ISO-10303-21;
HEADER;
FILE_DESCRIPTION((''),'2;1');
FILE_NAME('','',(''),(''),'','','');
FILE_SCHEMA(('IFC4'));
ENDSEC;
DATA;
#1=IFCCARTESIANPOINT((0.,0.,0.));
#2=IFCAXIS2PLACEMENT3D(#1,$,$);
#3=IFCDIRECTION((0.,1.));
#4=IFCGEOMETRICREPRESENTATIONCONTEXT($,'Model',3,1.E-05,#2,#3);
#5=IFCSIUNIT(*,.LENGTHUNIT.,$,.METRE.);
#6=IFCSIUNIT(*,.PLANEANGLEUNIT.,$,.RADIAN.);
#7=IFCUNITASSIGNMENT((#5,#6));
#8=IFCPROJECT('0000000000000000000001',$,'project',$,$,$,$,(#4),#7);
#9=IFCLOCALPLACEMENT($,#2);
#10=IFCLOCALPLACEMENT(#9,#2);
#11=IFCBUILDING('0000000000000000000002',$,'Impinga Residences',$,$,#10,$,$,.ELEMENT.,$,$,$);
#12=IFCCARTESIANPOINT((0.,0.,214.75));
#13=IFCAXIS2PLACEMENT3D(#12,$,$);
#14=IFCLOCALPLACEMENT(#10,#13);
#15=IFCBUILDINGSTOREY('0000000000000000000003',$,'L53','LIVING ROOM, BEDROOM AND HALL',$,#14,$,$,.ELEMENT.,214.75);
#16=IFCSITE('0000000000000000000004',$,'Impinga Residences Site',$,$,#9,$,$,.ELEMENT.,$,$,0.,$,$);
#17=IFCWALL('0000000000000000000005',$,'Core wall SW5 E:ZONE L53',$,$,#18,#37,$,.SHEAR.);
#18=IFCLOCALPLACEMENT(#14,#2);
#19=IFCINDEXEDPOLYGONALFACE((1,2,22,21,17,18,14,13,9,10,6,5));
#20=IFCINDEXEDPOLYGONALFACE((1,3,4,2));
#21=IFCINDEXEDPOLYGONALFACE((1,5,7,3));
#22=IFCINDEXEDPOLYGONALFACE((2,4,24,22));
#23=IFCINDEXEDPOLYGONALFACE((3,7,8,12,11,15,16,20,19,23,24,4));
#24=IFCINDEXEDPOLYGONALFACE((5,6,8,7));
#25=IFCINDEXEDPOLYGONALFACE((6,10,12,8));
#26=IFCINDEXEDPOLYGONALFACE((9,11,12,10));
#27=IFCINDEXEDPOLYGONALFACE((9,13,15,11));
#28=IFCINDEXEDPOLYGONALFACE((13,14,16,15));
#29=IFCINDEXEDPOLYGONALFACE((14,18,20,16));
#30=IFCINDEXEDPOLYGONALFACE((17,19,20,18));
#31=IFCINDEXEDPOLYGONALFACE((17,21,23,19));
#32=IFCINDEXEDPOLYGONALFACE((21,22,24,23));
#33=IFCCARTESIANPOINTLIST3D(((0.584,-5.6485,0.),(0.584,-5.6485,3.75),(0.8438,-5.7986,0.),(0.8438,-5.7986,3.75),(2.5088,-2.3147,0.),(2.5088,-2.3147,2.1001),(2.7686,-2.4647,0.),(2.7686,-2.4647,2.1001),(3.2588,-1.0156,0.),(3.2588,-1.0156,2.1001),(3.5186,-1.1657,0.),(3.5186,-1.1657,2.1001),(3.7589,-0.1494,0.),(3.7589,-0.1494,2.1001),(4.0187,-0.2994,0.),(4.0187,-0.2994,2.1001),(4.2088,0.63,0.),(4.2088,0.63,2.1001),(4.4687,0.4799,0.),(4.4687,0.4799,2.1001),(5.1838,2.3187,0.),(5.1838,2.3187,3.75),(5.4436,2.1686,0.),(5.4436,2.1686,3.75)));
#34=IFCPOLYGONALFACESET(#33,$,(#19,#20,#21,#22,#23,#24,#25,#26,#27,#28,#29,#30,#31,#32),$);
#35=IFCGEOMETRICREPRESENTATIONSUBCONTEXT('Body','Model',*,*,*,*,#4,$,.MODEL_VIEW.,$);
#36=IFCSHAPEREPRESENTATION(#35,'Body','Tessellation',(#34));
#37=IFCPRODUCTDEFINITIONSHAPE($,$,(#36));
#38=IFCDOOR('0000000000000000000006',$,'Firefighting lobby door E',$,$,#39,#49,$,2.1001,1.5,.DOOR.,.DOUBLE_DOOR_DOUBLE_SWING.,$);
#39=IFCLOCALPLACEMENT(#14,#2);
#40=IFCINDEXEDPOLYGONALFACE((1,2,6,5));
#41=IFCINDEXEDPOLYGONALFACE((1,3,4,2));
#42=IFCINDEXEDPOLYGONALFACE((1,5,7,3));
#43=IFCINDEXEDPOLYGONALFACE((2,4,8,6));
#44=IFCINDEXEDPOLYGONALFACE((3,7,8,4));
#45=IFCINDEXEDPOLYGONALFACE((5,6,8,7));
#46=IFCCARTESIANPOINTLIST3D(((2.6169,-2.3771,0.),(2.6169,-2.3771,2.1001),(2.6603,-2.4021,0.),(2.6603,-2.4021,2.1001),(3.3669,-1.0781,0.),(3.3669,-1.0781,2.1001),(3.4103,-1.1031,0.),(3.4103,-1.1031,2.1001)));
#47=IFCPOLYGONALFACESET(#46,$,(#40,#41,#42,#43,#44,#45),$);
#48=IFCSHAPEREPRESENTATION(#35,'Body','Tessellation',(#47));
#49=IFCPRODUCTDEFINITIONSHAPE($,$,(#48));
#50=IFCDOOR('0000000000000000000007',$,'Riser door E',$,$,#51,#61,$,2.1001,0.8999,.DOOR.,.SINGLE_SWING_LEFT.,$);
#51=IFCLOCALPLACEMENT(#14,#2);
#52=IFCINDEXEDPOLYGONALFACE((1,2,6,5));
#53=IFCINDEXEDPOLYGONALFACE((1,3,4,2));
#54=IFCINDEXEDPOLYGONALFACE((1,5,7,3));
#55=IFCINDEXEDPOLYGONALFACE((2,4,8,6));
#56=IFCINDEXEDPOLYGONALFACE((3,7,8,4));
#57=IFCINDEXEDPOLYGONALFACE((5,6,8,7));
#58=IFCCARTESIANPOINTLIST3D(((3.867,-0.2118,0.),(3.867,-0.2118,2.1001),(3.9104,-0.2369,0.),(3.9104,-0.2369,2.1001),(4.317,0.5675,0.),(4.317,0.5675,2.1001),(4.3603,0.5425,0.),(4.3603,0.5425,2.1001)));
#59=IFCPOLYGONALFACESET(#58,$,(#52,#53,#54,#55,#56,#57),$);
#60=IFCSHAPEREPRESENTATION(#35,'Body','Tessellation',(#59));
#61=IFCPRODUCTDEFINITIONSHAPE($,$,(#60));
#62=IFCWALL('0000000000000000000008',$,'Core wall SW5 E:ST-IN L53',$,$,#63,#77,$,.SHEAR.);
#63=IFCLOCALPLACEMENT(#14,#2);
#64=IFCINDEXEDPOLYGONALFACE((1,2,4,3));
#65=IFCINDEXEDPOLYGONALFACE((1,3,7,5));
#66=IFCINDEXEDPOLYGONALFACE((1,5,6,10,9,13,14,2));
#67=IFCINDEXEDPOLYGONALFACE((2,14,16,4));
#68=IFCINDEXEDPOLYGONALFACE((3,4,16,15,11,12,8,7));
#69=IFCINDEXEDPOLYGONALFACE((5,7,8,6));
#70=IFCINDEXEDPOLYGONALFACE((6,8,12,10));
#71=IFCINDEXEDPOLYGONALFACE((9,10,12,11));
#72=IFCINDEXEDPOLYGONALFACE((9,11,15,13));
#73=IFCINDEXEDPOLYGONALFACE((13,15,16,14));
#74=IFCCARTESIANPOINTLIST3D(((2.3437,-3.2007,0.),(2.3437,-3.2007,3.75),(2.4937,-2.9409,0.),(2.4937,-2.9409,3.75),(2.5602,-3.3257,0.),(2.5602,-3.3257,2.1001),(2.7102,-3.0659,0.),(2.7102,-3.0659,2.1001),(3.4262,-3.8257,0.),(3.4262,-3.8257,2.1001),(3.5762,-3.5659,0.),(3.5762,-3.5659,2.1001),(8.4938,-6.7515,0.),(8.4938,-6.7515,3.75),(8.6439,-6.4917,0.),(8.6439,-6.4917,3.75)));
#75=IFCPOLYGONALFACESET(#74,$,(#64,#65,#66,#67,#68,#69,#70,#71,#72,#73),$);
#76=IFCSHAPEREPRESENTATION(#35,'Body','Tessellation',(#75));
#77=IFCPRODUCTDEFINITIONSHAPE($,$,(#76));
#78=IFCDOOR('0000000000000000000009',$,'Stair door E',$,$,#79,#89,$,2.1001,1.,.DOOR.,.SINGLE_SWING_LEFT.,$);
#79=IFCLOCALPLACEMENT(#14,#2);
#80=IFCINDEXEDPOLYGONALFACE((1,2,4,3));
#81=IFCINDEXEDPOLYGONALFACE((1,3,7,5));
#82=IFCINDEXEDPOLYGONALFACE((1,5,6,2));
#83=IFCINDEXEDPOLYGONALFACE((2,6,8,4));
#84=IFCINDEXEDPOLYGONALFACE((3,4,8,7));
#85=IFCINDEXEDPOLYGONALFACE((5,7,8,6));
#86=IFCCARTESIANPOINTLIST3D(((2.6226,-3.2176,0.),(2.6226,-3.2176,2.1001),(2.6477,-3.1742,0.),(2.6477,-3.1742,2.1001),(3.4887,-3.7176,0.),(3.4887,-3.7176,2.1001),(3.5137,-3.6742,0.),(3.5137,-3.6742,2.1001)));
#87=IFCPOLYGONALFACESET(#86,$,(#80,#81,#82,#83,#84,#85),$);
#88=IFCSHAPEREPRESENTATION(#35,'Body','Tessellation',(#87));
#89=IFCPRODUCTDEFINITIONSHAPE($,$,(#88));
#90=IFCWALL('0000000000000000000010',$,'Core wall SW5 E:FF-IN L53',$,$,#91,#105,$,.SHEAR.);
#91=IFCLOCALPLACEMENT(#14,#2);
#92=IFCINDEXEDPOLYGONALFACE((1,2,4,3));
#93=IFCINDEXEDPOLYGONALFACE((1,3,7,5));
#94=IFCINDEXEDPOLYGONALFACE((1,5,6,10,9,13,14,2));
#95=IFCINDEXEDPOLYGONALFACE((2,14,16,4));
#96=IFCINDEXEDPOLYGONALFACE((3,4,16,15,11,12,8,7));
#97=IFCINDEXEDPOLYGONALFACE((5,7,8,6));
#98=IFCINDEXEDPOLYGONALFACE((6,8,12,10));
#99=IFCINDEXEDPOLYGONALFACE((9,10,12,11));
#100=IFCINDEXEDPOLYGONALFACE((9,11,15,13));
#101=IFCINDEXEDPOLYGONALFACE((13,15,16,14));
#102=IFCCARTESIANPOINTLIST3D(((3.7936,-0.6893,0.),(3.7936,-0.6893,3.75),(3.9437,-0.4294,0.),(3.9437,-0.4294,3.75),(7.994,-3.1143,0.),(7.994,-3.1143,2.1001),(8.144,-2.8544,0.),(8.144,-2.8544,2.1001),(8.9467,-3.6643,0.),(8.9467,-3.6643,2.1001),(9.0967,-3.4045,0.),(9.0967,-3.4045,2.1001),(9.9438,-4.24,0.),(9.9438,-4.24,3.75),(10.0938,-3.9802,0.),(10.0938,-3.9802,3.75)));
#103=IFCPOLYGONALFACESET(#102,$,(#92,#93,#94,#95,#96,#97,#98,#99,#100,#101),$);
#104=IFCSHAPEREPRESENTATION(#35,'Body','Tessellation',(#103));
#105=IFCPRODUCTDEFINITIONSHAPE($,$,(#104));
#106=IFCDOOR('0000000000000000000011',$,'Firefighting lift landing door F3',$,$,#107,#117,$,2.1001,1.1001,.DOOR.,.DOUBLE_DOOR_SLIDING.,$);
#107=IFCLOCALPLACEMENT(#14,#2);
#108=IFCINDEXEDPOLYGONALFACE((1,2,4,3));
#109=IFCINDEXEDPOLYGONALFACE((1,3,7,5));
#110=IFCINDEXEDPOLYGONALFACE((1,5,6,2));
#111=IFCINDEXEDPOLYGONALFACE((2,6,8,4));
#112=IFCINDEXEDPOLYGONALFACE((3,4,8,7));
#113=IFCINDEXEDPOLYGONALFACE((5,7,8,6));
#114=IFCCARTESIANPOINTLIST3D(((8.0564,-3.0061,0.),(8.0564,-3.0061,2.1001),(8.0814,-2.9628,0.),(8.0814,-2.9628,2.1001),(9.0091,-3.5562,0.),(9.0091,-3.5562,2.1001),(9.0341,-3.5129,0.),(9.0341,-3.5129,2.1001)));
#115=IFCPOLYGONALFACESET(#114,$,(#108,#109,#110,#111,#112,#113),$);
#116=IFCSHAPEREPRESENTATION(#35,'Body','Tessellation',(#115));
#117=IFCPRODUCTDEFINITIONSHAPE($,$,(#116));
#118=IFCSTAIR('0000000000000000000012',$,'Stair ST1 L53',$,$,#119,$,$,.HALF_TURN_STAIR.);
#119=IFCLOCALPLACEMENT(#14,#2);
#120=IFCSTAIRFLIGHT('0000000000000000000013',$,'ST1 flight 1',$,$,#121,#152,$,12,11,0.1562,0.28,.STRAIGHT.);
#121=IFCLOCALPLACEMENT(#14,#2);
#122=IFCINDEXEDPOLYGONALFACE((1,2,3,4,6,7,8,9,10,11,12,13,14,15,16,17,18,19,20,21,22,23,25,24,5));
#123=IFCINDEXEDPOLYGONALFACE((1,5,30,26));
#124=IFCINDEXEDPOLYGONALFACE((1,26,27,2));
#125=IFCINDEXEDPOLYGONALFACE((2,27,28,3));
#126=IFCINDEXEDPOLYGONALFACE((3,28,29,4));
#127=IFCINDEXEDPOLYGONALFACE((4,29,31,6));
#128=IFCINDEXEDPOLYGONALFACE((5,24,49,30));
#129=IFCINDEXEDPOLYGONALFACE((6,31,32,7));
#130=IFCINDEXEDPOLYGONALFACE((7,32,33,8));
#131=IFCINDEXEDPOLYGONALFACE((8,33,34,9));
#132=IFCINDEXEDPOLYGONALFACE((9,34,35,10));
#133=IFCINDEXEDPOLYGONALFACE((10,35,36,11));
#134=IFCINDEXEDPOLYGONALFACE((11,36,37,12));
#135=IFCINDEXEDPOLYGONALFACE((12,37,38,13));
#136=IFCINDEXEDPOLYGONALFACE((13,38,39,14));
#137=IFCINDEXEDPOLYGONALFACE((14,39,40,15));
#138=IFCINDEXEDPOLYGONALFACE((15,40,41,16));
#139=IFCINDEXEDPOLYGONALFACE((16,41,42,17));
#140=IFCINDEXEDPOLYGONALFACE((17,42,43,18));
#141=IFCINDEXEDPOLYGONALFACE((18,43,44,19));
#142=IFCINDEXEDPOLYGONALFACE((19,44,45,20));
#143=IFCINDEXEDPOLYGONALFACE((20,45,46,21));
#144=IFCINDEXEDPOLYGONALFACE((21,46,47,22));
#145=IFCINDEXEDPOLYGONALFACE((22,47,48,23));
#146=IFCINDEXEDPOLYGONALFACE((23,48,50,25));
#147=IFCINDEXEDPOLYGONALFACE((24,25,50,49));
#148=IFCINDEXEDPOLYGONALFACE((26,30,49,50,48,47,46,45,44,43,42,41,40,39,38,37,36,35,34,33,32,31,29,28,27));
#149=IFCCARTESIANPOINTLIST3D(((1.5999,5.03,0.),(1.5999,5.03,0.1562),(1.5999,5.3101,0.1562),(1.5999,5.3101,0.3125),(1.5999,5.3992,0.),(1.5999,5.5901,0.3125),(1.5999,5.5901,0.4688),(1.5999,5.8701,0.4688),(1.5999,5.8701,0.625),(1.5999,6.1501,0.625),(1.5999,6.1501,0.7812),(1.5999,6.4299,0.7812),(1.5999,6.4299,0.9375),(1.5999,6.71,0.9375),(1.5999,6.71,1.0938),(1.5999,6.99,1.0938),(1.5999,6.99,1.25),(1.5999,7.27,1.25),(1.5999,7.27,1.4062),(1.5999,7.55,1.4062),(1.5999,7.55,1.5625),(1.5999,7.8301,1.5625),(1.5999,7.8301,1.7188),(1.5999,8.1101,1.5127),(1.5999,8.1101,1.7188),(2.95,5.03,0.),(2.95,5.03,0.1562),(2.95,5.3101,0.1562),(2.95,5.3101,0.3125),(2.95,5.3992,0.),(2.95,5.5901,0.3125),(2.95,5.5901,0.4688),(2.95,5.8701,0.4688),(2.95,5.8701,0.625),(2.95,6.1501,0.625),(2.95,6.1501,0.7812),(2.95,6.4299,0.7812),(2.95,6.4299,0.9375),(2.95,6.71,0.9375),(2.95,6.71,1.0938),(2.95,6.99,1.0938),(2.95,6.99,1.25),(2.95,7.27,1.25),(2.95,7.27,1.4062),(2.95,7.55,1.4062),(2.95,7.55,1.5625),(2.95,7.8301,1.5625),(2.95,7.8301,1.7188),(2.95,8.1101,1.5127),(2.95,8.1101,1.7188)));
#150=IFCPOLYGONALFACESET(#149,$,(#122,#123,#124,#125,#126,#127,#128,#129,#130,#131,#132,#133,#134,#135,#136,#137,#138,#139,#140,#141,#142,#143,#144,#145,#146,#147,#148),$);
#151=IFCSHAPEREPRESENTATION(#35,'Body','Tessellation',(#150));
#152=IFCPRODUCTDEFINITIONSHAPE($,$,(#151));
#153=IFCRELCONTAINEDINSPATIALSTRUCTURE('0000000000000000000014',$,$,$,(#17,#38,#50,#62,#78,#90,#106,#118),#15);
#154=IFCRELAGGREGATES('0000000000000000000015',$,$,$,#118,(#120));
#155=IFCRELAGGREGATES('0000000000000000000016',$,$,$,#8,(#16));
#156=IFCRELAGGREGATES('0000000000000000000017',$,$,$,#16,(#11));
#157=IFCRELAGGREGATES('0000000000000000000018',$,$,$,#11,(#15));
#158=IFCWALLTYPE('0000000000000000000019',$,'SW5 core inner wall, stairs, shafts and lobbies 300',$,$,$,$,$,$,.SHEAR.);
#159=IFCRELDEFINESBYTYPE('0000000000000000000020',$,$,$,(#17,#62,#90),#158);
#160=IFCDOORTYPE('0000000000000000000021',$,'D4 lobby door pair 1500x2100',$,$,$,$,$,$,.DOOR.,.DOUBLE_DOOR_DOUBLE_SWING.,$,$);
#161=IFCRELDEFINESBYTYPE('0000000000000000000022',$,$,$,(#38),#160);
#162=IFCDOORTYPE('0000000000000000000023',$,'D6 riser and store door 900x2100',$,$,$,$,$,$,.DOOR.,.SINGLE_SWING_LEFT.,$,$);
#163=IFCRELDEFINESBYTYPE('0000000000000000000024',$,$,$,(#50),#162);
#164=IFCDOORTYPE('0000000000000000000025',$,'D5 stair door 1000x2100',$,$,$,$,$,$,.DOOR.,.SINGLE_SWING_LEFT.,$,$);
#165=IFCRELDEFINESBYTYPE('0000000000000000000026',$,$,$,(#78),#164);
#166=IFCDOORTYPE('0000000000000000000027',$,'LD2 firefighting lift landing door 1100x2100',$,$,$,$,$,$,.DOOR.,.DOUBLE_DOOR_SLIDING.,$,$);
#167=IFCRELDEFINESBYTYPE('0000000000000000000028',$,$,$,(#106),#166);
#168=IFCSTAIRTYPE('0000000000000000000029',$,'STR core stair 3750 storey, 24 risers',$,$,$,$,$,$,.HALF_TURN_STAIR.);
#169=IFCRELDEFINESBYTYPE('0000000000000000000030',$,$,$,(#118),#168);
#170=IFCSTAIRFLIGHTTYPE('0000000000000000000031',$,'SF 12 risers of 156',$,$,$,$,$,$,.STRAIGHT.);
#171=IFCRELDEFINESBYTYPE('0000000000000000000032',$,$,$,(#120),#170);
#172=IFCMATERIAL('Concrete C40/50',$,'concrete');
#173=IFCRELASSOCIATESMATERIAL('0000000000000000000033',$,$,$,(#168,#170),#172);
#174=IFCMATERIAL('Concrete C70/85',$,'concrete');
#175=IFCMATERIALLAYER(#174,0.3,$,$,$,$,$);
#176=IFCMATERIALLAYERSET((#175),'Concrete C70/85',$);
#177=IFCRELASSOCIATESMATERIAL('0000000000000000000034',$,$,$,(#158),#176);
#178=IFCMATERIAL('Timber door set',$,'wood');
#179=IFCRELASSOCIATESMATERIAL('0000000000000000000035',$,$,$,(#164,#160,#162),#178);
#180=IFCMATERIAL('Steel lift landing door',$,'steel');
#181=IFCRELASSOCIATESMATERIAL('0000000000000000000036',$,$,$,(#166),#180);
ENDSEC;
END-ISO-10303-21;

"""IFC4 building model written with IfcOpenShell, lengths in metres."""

from ifc_helpers import new_model, si_unit, direction, frame, frame_2d, origin, place, context, subcontext, project, spatial, polyline, rectangle, outline, extrude, material, layer, layer_set, type_object, element, fill, aggregate, save


model = new_model("IFC4")

# Units and contexts
model_context = context("Model", 3, precision=1e-05, world=origin(), true_north=direction((0.0, 1.0)))
body_context = subcontext(model_context, "Body", "Model", "MODEL_VIEW")
ifc_project = project(units=[si_unit("LENGTHUNIT", "METRE"), si_unit("PLANEANGLEUNIT", "RADIAN")], contexts=[model_context])

# Site, building, storey
site_placement = place(None, origin())
site = spatial("IfcSite", under=ifc_project, at=site_placement, Name="Impinga Residences Site", CompositionType="ELEMENT", RefElevation=0.0)
building_placement = place(site_placement, origin())
building = spatial("IfcBuilding", under=site, at=building_placement, Name="Impinga Residences", CompositionType="ELEMENT")
storey_placement = place(building_placement, frame((0.0, 0.0, 214.75)))
storey = spatial("IfcBuildingStorey", under=building, at=storey_placement, Name="L53", Description="LIVING ROOM, BEDROOM AND HALL", CompositionType="ELEMENT", Elevation=214.75)

# Shared definitions
ifc_material_1 = material(Name="Concrete C40/50", Category="concrete")
stair_type_1 = type_object("IfcStairType", Name="STR core stair 3750 storey, 24 risers", PredefinedType="HALF_TURN_STAIR", material=ifc_material_1)

# Shared definitions
ifc_material_2 = material(Name="Concrete C70/85", Category="concrete")
ifc_layer_1 = layer(ifc_material_2, 0.3)
ifc_layer_set_1 = layer_set([ifc_layer_1], Name="Concrete C70/85")
wall_type = type_object("IfcWallType", Name="SW5 core inner wall, stairs, shafts and lobbies 300", PredefinedType="SHEAR", material=ifc_layer_set_1)
ifc_material_3 = material(Name="Timber door set", Category="wood")
door_type_1 = type_object("IfcDoorType", Name="D5 stair door 1000x2100", OperationType="SINGLE_SWING_LEFT", PredefinedType="DOOR", material=ifc_material_3)

# Wall, openings, doors
wall_1_placement = place(storey_placement, frame((5.3137, 2.2437, 0.0), z_axis=(0.0, 0.0, 1.0), x_axis=(-0.499995, -0.866028, 0.0)))
wall_1 = element("IfcWall", 1, at=wall_1_placement, inside=storey, type_object=wall_type, Name="Core wall SW5 E:ZONE L53", PredefinedType="SHEAR", context=body_context, shape_type="SweptSolid", body=[
    extrude(rectangle(XDim=9.1997, YDim=0.3, at=frame_2d((4.5999, 0.0))), origin(), (0.0, 0.0, 1.0), 3.75),
])
opening_1_placement = place(wall_1_placement, frame((3.8501, 0.0, 0.0)))
opening_1 = element("IfcOpeningElement", 2, at=opening_1_placement, cuts=wall_1, PredefinedType="OPENING", context=body_context, shape_type="SweptSolid", body=[
    extrude(rectangle(XDim=1.5, YDim=2.1001, at=frame_2d((0.75, 1.05))), frame((0.0, 0.1599, 0.0), z_axis=(0.0, -1.0, 0.0), x_axis=(1.0, 0.0, 0.0)), (0.0, 0.0, 1.0), 0.3201),
])
opening_2_placement = place(wall_1_placement, frame((1.95, 0.0, 0.0)))
opening_2 = element("IfcOpeningElement", 3, at=opening_2_placement, cuts=wall_1, PredefinedType="OPENING", context=body_context, shape_type="SweptSolid", body=[
    extrude(rectangle(XDim=0.8999, YDim=2.1001, at=frame_2d((0.45, 1.05))), frame((0.0, 0.1599, 0.0), z_axis=(0.0, -1.0, 0.0), x_axis=(1.0, 0.0, 0.0)), (0.0, 0.0, 1.0), 0.3201),
])
door_type_2 = type_object("IfcDoorType", Name="D4 lobby door pair 1500x2100", OperationType="DOUBLE_DOOR_DOUBLE_SWING", PredefinedType="DOOR", material=ifc_material_3)
door_1_placement = place(opening_1_placement, origin())
door_1 = element("IfcDoor", 4, at=door_1_placement, inside=storey, type_object=door_type_2, Name="Firefighting lobby door E", OperationType="DOUBLE_DOOR_DOUBLE_SWING", OverallHeight=2.1001, OverallWidth=1.5, PredefinedType="DOOR", context=body_context, shape_type="SweptSolid", body=[
    extrude(rectangle(XDim=1.5, YDim=2.1001, at=frame_2d((0.75, 1.05))), frame((0.0, 0.0249, 0.0), z_axis=(0.0, -1.0, 0.0), x_axis=(1.0, 0.0, 0.0)), (0.0, 0.0, 1.0), 0.05),
])
fill(opening_1, door_1)
door_type_3 = type_object("IfcDoorType", Name="D6 riser and store door 900x2100", OperationType="SINGLE_SWING_LEFT", PredefinedType="DOOR", material=ifc_material_3)
door_2_placement = place(opening_2_placement, origin())
door_2 = element("IfcDoor", 5, at=door_2_placement, inside=storey, type_object=door_type_3, Name="Riser door E", OperationType="SINGLE_SWING_LEFT", OverallHeight=2.1001, OverallWidth=0.8999, PredefinedType="DOOR", context=body_context, shape_type="SweptSolid", body=[
    extrude(rectangle(XDim=0.8999, YDim=2.1001, at=frame_2d((0.45, 1.05))), frame((0.0, 0.0249, 0.0), z_axis=(0.0, -1.0, 0.0), x_axis=(1.0, 0.0, 0.0)), (0.0, 0.0, 1.0), 0.05),
])
fill(opening_2, door_2)

# Walls, openings, doors
wall_2_placement = place(storey_placement, frame((2.4187, -3.0708, 0.0), z_axis=(0.0, 0.0, 1.0), x_axis=(0.866026, -0.499999, 0.0)))
wall_2 = element("IfcWall", 6, at=wall_2_placement, inside=storey, type_object=wall_type, Name="Core wall SW5 E:ST-IN L53", PredefinedType="SHEAR", context=body_context, shape_type="SweptSolid", body=[
    extrude(rectangle(XDim=7.1016, YDim=0.3, at=frame_2d((3.5508, 0.0))), origin(), (0.0, 0.0, 1.0), 3.75),
])
opening_3_placement = place(wall_2_placement, frame((0.25, 0.0, 0.0)))
opening_3 = element("IfcOpeningElement", 7, at=opening_3_placement, cuts=wall_2, PredefinedType="OPENING", context=body_context, shape_type="SweptSolid", body=[
    extrude(rectangle(XDim=1.0, YDim=2.1001, at=frame_2d((0.5, 1.05))), frame((0.0, 0.1599, 0.0), z_axis=(0.0, -1.0, 0.0), x_axis=(1.0, 0.0, 0.0)), (0.0, 0.0, 1.0), 0.3201),
])
door_3_placement = place(opening_3_placement, origin())
door_3 = element("IfcDoor", 8, at=door_3_placement, inside=storey, type_object=door_type_1, Name="Stair door E", OperationType="SINGLE_SWING_LEFT", OverallHeight=2.1001, OverallWidth=1.0, PredefinedType="DOOR", context=body_context, shape_type="SweptSolid", body=[
    extrude(rectangle(XDim=1.0, YDim=2.1001, at=frame_2d((0.5, 1.05))), frame((0.0, 0.0249, 0.0), z_axis=(0.0, -1.0, 0.0), x_axis=(1.0, 0.0, 0.0)), (0.0, 0.0, 1.0), 0.05),
])
fill(opening_3, door_3)
wall_3_placement = place(storey_placement, frame((3.8687, -0.5593, 0.0), z_axis=(0.0, 0.0, 1.0), x_axis=(0.866026, -0.499999, 0.0)))
wall_3 = element("IfcWall", 9, at=wall_3_placement, inside=storey, type_object=wall_type, Name="Core wall SW5 E:FF-IN L53", PredefinedType="SHEAR", context=body_context, shape_type="SweptSolid", body=[
    extrude(rectangle(XDim=7.1016, YDim=0.3, at=frame_2d((3.5508, 0.0))), origin(), (0.0, 0.0, 1.0), 3.75),
])
opening_4_placement = place(wall_3_placement, frame((4.8501, 0.0, 0.0)))
opening_4 = element("IfcOpeningElement", 10, at=opening_4_placement, cuts=wall_3, PredefinedType="OPENING", context=body_context, shape_type="SweptSolid", body=[
    extrude(rectangle(XDim=1.1001, YDim=2.1001, at=frame_2d((0.55, 1.05))), frame((0.0, 0.1599, 0.0), z_axis=(0.0, -1.0, 0.0), x_axis=(1.0, 0.0, 0.0)), (0.0, 0.0, 1.0), 0.3201),
])
ifc_material_4 = material(Name="Steel lift landing door", Category="steel")
door_type_4 = type_object("IfcDoorType", Name="LD2 firefighting lift landing door 1100x2100", OperationType="DOUBLE_DOOR_SLIDING", PredefinedType="DOOR", material=ifc_material_4)
door_4_placement = place(opening_4_placement, origin())
door_4 = element("IfcDoor", 11, at=door_4_placement, inside=storey, type_object=door_type_4, Name="Firefighting lift landing door F3", OperationType="DOUBLE_DOOR_SLIDING", OverallHeight=2.1001, OverallWidth=1.1001, PredefinedType="DOOR", context=body_context, shape_type="SweptSolid", body=[
    extrude(rectangle(XDim=1.1001, YDim=2.1001, at=frame_2d((0.55, 1.05))), frame((0.0, 0.0249, 0.0), z_axis=(0.0, -1.0, 0.0), x_axis=(1.0, 0.0, 0.0)), (0.0, 0.0, 1.0), 0.05),
])
fill(opening_4, door_4)

# Stair, stair flight
stair_1_placement = place(storey_placement, origin())
stair_1 = element("IfcStair", 12, at=stair_1_placement, inside=storey, type_object=stair_type_1, Name="Stair ST1 L53", PredefinedType="HALF_TURN_STAIR")
stair_flight_type = type_object("IfcStairFlightType", Name="SF 12 risers of 156", PredefinedType="STRAIGHT", material=ifc_material_1)
stair_flight_1_placement = place(storey_placement, frame((2.2749, 5.03, 0.0), z_axis=(0.0, 0.0, 1.0), x_axis=(0.0, 1.0, 0.0)))
stair_flight_1 = element("IfcStairFlight", 13, at=stair_flight_1_placement, type_object=stair_flight_type, Name="ST1 flight 1", NumberOfRisers=12, NumberOfTreads=11, PredefinedType="STRAIGHT", RiserHeight=0.1562, TreadLength=0.28, context=body_context, shape_type="SweptSolid", body=[
    extrude(outline(polyline([(0.0, 0.0), (0.0, 0.1562), (0.28, 0.1562), (0.28, 0.3125), (0.5601, 0.3125), (0.5601, 0.4688), (0.8401, 0.4688), (0.8401, 0.625), (1.1201, 0.625), (1.1201, 0.7812), (1.3999, 0.7812), (1.3999, 0.9375), (1.6799, 0.9375), (1.6799, 1.0938), (1.96, 1.0938), (1.96, 1.25), (2.24, 1.25), (2.24, 1.4062), (2.52, 1.4062), (2.52, 1.5625), (2.8, 1.5625), (2.8, 1.7188), (3.0801, 1.7188), (3.0801, 1.875), (3.0801, 1.5127), (0.3691, 0.0), (0.0, 0.0)])), frame((0.0, 0.675, 0.0), z_axis=(0.0, -1.0, 0.0), x_axis=(1.0, 0.0, 0.0)), (0.0, 0.0, 1.0), 1.3501),
])
aggregate(stair_1, [stair_flight_1])

save(model, "model.ifc")
